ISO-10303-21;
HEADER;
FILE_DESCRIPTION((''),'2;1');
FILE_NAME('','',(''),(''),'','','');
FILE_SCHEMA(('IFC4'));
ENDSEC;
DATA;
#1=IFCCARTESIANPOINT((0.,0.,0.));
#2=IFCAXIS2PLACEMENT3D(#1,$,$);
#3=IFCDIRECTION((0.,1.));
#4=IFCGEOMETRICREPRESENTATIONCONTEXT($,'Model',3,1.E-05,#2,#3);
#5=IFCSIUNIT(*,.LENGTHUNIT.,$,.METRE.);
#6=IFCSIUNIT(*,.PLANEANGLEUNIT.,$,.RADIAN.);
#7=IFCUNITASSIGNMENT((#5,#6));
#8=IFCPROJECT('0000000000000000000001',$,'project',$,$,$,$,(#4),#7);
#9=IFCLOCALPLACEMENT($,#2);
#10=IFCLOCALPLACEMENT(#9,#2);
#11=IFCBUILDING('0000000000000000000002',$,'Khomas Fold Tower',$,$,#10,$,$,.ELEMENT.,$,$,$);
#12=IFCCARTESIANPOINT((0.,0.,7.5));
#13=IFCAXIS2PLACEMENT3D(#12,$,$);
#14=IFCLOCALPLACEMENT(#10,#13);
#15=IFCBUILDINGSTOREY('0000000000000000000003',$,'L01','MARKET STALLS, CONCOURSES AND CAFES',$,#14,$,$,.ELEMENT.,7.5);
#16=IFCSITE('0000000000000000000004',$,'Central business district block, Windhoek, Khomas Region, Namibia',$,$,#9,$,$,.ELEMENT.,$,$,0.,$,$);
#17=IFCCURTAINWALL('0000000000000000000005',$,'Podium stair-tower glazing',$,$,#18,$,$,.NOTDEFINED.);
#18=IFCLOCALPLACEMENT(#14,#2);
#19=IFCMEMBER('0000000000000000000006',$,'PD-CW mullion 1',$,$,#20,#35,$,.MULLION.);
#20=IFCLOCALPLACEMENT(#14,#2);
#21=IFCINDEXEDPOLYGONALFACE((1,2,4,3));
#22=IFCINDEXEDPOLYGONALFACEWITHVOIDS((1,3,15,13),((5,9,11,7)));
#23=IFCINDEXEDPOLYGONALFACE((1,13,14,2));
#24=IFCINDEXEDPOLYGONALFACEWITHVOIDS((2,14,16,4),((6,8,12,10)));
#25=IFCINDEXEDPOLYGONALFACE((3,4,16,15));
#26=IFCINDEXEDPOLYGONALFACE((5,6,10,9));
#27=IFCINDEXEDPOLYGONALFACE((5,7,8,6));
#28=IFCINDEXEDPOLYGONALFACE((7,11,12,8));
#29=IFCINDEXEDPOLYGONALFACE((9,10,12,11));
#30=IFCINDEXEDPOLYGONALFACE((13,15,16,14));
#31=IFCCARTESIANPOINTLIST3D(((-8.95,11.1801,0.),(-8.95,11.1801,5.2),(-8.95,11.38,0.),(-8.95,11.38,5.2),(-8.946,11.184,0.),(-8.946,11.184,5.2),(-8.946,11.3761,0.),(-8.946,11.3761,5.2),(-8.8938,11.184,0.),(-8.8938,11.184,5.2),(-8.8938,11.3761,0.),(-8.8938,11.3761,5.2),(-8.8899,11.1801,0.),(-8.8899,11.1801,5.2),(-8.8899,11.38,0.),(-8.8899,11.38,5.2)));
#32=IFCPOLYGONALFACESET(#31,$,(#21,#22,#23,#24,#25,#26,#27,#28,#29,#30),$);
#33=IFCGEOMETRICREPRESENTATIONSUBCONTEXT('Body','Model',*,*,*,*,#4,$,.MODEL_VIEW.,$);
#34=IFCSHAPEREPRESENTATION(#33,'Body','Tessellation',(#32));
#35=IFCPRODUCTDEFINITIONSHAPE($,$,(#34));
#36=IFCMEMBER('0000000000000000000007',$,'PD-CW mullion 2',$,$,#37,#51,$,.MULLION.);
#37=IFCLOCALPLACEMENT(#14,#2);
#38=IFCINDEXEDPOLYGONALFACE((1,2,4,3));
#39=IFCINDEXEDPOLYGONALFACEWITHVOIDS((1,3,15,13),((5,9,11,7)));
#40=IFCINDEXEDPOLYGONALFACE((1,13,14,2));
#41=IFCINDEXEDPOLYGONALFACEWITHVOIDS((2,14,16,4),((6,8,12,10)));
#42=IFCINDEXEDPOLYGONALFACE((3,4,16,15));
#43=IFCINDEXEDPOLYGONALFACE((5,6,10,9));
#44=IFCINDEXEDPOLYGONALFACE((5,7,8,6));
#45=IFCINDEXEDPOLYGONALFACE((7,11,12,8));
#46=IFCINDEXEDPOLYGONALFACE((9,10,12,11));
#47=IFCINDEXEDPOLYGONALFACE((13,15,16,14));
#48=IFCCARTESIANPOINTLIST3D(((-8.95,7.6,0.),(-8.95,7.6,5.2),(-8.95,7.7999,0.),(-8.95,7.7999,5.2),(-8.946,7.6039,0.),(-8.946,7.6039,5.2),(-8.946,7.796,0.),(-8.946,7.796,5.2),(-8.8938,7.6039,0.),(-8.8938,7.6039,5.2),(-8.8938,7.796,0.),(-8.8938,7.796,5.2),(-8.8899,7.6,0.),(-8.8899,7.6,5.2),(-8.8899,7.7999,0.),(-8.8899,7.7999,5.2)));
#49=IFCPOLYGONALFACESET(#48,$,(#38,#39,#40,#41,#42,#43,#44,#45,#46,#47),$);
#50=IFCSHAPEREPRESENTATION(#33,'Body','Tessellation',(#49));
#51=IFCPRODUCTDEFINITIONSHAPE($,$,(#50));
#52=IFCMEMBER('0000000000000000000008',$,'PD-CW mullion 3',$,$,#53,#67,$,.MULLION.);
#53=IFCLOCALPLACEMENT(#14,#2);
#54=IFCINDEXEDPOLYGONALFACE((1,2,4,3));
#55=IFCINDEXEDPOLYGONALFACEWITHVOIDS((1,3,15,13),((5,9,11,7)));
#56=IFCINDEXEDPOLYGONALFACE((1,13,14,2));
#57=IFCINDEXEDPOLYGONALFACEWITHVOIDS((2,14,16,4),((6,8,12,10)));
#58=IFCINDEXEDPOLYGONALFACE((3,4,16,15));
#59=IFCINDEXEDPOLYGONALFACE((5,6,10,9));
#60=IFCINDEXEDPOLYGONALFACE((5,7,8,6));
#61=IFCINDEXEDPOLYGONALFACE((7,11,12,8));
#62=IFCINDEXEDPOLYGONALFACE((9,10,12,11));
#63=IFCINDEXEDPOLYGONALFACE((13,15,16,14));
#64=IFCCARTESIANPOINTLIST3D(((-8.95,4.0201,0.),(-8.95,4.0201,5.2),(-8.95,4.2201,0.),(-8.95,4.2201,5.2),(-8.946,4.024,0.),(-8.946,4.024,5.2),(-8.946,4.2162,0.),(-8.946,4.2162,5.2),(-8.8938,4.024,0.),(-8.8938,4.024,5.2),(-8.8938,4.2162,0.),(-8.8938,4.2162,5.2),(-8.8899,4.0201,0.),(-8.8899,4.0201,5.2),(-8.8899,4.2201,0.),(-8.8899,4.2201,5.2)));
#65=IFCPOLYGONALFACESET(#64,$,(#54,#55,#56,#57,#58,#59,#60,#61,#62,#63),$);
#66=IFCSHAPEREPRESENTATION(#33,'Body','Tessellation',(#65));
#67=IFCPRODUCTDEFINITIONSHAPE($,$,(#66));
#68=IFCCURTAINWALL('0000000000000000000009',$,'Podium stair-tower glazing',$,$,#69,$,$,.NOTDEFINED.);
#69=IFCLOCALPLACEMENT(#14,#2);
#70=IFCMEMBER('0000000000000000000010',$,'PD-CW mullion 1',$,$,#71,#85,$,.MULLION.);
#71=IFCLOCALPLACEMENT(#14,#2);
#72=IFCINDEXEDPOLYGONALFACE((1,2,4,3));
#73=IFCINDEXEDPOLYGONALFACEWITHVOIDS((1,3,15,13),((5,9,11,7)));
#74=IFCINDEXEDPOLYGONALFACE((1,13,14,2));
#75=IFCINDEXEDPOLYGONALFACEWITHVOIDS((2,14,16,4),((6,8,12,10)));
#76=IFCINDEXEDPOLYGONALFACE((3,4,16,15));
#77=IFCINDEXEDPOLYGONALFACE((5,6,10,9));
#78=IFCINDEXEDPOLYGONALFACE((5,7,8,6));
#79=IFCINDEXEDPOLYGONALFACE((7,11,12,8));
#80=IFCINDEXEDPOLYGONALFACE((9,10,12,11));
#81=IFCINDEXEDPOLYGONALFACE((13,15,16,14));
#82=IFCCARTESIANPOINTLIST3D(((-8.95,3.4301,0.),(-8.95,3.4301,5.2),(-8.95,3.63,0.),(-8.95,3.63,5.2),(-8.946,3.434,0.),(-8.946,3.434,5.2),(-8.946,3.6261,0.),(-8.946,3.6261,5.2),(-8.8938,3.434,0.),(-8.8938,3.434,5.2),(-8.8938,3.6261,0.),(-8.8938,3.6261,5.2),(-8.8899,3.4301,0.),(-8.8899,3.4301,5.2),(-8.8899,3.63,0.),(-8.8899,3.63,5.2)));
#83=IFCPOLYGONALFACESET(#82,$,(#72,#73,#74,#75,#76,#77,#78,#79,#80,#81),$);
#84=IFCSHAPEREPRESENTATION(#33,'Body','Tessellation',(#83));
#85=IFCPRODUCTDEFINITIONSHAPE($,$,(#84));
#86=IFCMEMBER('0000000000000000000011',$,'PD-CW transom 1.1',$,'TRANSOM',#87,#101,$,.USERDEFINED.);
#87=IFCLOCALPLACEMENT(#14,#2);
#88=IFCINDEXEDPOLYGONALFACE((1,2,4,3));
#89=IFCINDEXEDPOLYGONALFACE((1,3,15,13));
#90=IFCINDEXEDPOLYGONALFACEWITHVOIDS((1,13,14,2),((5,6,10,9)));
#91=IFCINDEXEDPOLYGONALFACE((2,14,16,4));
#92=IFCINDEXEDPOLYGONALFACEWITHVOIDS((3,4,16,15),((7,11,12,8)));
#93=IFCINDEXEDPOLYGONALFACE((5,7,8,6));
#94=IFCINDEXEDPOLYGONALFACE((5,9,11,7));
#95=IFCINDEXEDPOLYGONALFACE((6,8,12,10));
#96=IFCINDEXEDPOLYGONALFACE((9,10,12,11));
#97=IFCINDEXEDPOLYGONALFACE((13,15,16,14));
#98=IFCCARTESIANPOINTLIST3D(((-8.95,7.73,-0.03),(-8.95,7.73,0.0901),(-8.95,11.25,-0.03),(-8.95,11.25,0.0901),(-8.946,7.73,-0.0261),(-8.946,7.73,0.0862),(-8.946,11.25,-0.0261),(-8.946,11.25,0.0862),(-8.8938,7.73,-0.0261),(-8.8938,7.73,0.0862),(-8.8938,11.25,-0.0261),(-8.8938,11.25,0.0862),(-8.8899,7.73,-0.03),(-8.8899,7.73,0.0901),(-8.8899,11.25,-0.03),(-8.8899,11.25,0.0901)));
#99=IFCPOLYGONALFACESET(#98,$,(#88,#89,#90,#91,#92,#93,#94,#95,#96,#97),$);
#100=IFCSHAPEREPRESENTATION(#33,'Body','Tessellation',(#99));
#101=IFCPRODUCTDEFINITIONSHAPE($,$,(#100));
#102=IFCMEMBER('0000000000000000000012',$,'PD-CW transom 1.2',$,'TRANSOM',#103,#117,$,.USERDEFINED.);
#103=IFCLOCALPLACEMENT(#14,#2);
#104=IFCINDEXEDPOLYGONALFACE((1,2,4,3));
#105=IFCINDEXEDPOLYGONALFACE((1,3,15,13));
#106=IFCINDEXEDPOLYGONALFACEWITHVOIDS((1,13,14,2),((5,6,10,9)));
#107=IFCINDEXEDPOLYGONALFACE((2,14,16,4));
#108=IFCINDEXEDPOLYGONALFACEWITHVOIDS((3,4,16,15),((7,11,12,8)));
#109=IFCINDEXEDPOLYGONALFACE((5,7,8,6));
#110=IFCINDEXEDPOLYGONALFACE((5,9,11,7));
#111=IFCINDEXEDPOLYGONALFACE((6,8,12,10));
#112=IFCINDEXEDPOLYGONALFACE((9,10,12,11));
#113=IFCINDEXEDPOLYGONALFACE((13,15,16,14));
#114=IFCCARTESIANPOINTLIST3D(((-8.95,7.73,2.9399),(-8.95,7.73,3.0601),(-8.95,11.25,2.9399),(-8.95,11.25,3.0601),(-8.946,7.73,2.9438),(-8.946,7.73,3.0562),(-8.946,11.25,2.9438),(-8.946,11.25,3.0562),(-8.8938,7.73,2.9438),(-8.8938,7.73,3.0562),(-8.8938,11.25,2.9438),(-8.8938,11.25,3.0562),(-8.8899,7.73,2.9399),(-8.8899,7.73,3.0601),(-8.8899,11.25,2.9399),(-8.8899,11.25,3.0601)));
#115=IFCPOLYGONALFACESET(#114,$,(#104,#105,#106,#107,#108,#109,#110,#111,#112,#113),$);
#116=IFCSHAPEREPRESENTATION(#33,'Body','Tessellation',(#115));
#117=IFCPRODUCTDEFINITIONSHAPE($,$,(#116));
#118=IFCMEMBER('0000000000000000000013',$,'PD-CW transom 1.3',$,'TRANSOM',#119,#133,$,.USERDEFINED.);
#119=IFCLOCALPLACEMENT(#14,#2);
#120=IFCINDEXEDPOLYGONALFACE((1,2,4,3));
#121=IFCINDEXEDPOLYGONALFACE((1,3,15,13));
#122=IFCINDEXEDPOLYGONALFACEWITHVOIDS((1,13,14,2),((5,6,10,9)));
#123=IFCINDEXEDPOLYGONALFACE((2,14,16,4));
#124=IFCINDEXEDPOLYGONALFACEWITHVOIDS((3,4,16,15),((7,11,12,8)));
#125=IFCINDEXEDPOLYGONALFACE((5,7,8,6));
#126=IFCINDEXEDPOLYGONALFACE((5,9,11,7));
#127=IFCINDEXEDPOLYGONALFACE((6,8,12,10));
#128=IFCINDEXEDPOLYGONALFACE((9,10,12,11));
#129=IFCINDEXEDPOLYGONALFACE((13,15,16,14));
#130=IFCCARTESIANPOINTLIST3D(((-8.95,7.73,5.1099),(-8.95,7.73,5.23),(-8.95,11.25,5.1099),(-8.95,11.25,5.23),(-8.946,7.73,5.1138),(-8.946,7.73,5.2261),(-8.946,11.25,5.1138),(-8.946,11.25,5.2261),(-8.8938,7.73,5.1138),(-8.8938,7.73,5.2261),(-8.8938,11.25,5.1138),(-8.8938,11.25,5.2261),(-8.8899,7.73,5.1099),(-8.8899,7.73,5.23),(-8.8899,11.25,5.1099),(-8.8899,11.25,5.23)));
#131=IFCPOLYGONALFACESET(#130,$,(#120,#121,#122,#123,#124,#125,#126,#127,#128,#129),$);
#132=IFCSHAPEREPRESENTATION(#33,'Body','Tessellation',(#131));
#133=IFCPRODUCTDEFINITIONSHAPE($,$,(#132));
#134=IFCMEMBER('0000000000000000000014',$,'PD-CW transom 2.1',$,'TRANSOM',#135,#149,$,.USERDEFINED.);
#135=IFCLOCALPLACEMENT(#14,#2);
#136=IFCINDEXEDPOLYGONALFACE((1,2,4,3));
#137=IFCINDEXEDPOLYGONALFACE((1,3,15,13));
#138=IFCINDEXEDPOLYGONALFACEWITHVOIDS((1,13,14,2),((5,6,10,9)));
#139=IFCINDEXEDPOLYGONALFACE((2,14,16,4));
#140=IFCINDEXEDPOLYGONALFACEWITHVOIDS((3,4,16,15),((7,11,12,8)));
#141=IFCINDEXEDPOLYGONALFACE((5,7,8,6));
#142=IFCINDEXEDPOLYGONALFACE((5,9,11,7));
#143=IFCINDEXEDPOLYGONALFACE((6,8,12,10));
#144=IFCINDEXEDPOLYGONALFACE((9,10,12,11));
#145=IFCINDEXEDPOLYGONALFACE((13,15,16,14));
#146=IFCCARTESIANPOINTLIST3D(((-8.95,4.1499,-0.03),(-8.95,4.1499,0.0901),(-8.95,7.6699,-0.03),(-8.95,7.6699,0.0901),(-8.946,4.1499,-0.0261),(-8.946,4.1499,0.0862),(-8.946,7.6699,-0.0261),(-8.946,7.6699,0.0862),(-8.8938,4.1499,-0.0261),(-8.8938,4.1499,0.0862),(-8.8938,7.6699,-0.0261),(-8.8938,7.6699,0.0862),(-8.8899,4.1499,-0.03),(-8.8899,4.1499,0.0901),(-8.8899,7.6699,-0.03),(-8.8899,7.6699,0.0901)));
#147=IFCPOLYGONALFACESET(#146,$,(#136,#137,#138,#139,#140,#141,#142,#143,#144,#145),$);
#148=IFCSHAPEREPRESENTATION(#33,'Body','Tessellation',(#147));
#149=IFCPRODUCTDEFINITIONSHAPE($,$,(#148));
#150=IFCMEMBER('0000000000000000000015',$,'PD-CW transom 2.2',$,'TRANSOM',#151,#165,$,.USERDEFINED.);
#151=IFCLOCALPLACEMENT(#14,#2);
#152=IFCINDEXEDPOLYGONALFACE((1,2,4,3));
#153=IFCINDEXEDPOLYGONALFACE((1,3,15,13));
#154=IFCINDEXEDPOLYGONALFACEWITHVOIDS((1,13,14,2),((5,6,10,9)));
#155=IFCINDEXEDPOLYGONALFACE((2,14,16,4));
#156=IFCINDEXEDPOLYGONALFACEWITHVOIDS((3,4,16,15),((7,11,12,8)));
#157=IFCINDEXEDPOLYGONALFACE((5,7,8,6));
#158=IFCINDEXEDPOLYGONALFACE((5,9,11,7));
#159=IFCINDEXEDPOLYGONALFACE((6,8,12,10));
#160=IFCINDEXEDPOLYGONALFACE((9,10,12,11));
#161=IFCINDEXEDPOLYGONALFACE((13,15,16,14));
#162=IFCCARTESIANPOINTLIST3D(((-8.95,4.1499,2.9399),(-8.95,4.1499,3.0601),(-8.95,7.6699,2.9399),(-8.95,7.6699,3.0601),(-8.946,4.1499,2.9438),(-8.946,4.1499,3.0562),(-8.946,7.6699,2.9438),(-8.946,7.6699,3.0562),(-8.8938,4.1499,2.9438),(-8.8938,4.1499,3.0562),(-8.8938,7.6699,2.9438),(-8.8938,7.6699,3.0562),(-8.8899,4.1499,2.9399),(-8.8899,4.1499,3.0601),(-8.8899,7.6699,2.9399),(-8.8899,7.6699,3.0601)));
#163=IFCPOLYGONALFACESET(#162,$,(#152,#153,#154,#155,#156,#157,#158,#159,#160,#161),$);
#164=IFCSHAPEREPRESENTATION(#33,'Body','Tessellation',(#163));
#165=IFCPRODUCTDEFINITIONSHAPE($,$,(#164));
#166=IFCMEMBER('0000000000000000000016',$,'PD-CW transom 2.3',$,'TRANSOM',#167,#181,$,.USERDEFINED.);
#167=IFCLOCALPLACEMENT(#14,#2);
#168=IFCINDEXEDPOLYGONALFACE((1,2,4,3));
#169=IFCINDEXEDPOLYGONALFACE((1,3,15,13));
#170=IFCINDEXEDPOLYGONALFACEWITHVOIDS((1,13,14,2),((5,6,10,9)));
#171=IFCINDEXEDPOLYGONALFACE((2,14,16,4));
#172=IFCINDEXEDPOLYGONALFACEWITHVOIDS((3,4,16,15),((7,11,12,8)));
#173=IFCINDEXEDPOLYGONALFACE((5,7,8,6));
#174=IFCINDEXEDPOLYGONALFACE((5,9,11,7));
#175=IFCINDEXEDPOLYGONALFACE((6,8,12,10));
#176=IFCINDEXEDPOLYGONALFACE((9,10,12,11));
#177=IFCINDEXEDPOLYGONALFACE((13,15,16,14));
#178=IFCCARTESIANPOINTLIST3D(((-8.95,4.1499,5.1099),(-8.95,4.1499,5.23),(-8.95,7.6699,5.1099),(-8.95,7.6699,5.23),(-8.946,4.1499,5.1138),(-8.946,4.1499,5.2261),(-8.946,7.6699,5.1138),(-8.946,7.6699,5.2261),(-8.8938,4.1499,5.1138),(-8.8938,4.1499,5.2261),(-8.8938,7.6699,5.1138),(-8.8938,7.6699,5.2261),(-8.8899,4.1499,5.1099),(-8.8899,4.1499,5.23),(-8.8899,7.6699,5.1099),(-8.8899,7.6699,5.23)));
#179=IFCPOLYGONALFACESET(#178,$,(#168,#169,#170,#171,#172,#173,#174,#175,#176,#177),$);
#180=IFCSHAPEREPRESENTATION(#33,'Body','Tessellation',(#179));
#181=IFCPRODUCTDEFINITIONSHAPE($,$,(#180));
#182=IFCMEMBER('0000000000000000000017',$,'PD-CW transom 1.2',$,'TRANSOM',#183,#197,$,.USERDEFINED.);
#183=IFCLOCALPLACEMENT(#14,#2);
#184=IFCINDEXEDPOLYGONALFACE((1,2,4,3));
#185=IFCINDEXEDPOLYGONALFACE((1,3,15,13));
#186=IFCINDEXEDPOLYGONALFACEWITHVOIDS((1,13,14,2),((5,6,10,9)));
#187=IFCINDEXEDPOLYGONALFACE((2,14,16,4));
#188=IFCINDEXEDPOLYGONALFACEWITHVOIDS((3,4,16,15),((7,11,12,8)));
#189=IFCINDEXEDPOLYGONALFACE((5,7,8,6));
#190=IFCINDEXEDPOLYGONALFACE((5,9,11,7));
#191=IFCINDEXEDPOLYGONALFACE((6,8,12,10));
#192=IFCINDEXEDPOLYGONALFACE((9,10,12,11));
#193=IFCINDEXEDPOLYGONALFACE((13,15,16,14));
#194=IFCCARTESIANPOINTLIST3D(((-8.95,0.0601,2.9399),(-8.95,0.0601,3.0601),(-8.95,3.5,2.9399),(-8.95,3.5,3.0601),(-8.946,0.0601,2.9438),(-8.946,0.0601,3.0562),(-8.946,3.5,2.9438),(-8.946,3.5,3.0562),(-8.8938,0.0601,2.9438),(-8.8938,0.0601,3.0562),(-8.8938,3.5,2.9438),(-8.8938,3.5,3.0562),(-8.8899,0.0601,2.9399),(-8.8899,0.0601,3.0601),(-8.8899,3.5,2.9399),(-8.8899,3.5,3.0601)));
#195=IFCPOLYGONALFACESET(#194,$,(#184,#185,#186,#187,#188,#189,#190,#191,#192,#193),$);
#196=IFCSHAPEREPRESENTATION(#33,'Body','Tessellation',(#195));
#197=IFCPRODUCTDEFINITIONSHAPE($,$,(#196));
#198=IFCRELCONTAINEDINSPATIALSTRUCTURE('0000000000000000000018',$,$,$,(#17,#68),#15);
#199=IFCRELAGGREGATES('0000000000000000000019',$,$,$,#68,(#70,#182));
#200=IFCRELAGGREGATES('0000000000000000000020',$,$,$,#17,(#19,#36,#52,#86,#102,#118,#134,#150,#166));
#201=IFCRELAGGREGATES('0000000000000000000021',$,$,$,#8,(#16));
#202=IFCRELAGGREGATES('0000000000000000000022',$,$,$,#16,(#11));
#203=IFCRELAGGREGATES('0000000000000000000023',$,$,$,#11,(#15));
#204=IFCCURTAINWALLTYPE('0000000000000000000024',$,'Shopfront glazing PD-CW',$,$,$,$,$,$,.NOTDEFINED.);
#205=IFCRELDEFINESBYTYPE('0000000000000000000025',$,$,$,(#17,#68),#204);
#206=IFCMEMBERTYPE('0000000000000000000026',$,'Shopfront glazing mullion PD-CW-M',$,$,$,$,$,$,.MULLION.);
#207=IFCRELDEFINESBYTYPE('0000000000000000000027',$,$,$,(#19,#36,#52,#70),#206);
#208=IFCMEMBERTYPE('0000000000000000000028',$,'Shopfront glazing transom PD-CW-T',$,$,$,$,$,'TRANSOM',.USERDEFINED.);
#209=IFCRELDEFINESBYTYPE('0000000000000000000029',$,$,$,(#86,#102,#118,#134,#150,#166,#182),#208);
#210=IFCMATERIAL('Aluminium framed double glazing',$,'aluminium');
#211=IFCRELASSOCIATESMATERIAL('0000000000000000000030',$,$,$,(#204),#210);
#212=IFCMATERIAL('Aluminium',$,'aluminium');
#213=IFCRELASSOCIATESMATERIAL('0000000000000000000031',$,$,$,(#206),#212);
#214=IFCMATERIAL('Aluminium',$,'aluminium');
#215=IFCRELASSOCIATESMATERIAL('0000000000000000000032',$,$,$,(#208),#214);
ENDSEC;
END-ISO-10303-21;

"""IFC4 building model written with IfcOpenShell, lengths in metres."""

from ifc_helpers import new_model, si_unit, direction, frame, origin, origin_2d, place, context, subcontext, project, spatial, hollow_rectangle, extrude, source, transform, mapped, material, material_profile, profile_set, type_object, element, aggregate, save


model = new_model("IFC4")

# Units and contexts
model_context = context("Model", 3, precision=1e-05, world=origin(), true_north=direction((0.0, 1.0)))
body_context = subcontext(model_context, "Body", "Model", "MODEL_VIEW")
ifc_project = project(units=[si_unit("LENGTHUNIT", "METRE"), si_unit("PLANEANGLEUNIT", "RADIAN")], contexts=[model_context])

# Site, building, storey
site_placement = place(None, origin())
site = spatial("IfcSite", under=ifc_project, at=site_placement, Name="Central business district block, Windhoek, Khomas Region, Namibia", CompositionType="ELEMENT", RefElevation=0.0)
building_placement = place(site_placement, origin())
building = spatial("IfcBuilding", under=site, at=building_placement, Name="Khomas Fold Tower", CompositionType="ELEMENT")
storey_placement = place(building_placement, frame((0.0, 0.0, 7.5)))
storey = spatial("IfcBuildingStorey", under=building, at=storey_placement, Name="L01", Description="MARKET STALLS, CONCOURSES AND CAFES", CompositionType="ELEMENT", Elevation=7.5)

# Curtain wall, members
ifc_material_1 = material(Name="Aluminium framed double glazing", Category="aluminium")
curtain_wall_type = type_object("IfcCurtainWallType", Name="Shopfront glazing PD-CW", PredefinedType="NOTDEFINED", material=ifc_material_1)
curtain_wall_1_placement = place(storey_placement, origin())
curtain_wall_1 = element("IfcCurtainWall", 1, at=curtain_wall_1_placement, inside=storey, type_object=curtain_wall_type, Name="Podium stair-tower glazing", PredefinedType="NOTDEFINED")
ifc_material_2 = material(Name="Aluminium", Category="aluminium")
ifc_material_profile_1 = material_profile(ifc_material_2, hollow_rectangle(XDim=0.0601, YDim=0.2, WallThickness=0.0039, at=origin_2d()), Name="Shopfront glazing mullion PD-CW-M")
ifc_profile_set_1 = profile_set([ifc_material_profile_1], Name="Aluminium")
member_type_1 = type_object("IfcMemberType", Name="Shopfront glazing mullion PD-CW-M", PredefinedType="MULLION", material=ifc_profile_set_1)
shared_shape_1 = source(origin(), body_context, "Body", "SweptSolid", [
    extrude(hollow_rectangle(XDim=0.0601, YDim=0.2, WallThickness=0.0039, at=origin_2d()), origin(), (0.0, 0.0, 1.0), 5.2),
])
member_1_placement = place(storey_placement, frame((-8.9199, 11.28, 0.0), z_axis=(0.0, 0.0, 1.0), x_axis=(1.0, 0.0, 0.0)))
member_1 = element("IfcMember", 2, at=member_1_placement, type_object=member_type_1, Name="PD-CW mullion 1", PredefinedType="MULLION", context=body_context, shape_type="MappedRepresentation", body=[
    mapped(shared_shape_1, transform((0.0, 0.0, 0.0))),
])
member_2_placement = place(storey_placement, frame((-8.9199, 7.7, 0.0), z_axis=(0.0, 0.0, 1.0), x_axis=(1.0, 0.0, 0.0)))
member_2 = element("IfcMember", 3, at=member_2_placement, type_object=member_type_1, Name="PD-CW mullion 2", PredefinedType="MULLION", context=body_context, shape_type="MappedRepresentation", body=[
    mapped(shared_shape_1, transform((0.0, 0.0, 0.0))),
])
member_3_placement = place(storey_placement, frame((-8.9199, 4.1201, 0.0), z_axis=(0.0, 0.0, 1.0), x_axis=(1.0, 0.0, 0.0)))
member_3 = element("IfcMember", 4, at=member_3_placement, type_object=member_type_1, Name="PD-CW mullion 3", PredefinedType="MULLION", context=body_context, shape_type="MappedRepresentation", body=[
    mapped(shared_shape_1, transform((0.0, 0.0, 0.0))),
])

# Curtain wall, member
curtain_wall_2_placement = place(storey_placement, origin())
curtain_wall_2 = element("IfcCurtainWall", 5, at=curtain_wall_2_placement, inside=storey, type_object=curtain_wall_type, Name="Podium stair-tower glazing", PredefinedType="NOTDEFINED")
member_4_placement = place(storey_placement, frame((-8.9199, 3.53, 0.0), z_axis=(0.0, 0.0, 1.0), x_axis=(1.0, 0.0, 0.0)))
member_4 = element("IfcMember", 6, at=member_4_placement, type_object=member_type_1, Name="PD-CW mullion 1", PredefinedType="MULLION", context=body_context, shape_type="MappedRepresentation", body=[
    mapped(shared_shape_1, transform((0.0, 0.0, 0.0))),
])

# Members
ifc_material_3 = material(Name="Aluminium", Category="aluminium")
ifc_material_profile_2 = material_profile(ifc_material_3, hollow_rectangle(XDim=0.0601, YDim=0.1201, WallThickness=0.0039, at=origin_2d()), Name="Shopfront glazing transom PD-CW-T")
ifc_profile_set_2 = profile_set([ifc_material_profile_2], Name="Aluminium")
member_type_2 = type_object("IfcMemberType", Name="Shopfront glazing transom PD-CW-T", ElementType="TRANSOM", PredefinedType="USERDEFINED", material=ifc_profile_set_2)
shared_shape_2 = source(origin(), body_context, "Body", "SweptSolid", [
    extrude(hollow_rectangle(XDim=0.0601, YDim=0.1201, WallThickness=0.0039, at=origin_2d()), origin(), (0.0, 0.0, 1.0), 3.52),
])
member_5_placement = place(storey_placement, frame((-8.9199, 11.25, 0.03), z_axis=(0.0, -1.0, 0.0), x_axis=(1.0, 0.0, 0.0)))
member_5 = element("IfcMember", 7, at=member_5_placement, type_object=member_type_2, Name="PD-CW transom 1.1", ObjectType="TRANSOM", PredefinedType="USERDEFINED", context=body_context, shape_type="MappedRepresentation", body=[
    mapped(shared_shape_2, transform((0.0, 0.0, 0.0))),
])
member_6_placement = place(storey_placement, frame((-8.9199, 11.25, 3.0), z_axis=(0.0, -1.0, 0.0), x_axis=(1.0, 0.0, 0.0)))
member_6 = element("IfcMember", 8, at=member_6_placement, type_object=member_type_2, Name="PD-CW transom 1.2", ObjectType="TRANSOM", PredefinedType="USERDEFINED", context=body_context, shape_type="MappedRepresentation", body=[
    mapped(shared_shape_2, transform((0.0, 0.0, 0.0))),
])
member_7_placement = place(storey_placement, frame((-8.9199, 11.25, 5.1699), z_axis=(0.0, -1.0, 0.0), x_axis=(1.0, 0.0, 0.0)))
member_7 = element("IfcMember", 9, at=member_7_placement, type_object=member_type_2, Name="PD-CW transom 1.3", ObjectType="TRANSOM", PredefinedType="USERDEFINED", context=body_context, shape_type="MappedRepresentation", body=[
    mapped(shared_shape_2, transform((0.0, 0.0, 0.0))),
])
member_8_placement = place(storey_placement, frame((-8.9199, 7.6699, 0.03), z_axis=(0.0, -1.0, 0.0), x_axis=(1.0, 0.0, 0.0)))
member_8 = element("IfcMember", 10, at=member_8_placement, type_object=member_type_2, Name="PD-CW transom 2.1", ObjectType="TRANSOM", PredefinedType="USERDEFINED", context=body_context, shape_type="MappedRepresentation", body=[
    mapped(shared_shape_2, transform((0.0, 0.0, 0.0))),
])
member_9_placement = place(storey_placement, frame((-8.9199, 7.6699, 3.0), z_axis=(0.0, -1.0, 0.0), x_axis=(1.0, 0.0, 0.0)))
member_9 = element("IfcMember", 11, at=member_9_placement, type_object=member_type_2, Name="PD-CW transom 2.2", ObjectType="TRANSOM", PredefinedType="USERDEFINED", context=body_context, shape_type="MappedRepresentation", body=[
    mapped(shared_shape_2, transform((0.0, 0.0, 0.0))),
])
member_10_placement = place(storey_placement, frame((-8.9199, 7.6699, 5.1699), z_axis=(0.0, -1.0, 0.0), x_axis=(1.0, 0.0, 0.0)))
member_10 = element("IfcMember", 12, at=member_10_placement, type_object=member_type_2, Name="PD-CW transom 2.3", ObjectType="TRANSOM", PredefinedType="USERDEFINED", context=body_context, shape_type="MappedRepresentation", body=[
    mapped(shared_shape_2, transform((0.0, 0.0, 0.0))),
])
shared_shape_3 = source(origin(), body_context, "Body", "SweptSolid", [
    extrude(hollow_rectangle(XDim=0.0601, YDim=0.1201, WallThickness=0.0039, at=origin_2d()), origin(), (0.0, 0.0, 1.0), 3.4399),
])
member_11_placement = place(storey_placement, frame((-8.9199, 3.5, 3.0), z_axis=(0.0, -1.0, 0.0), x_axis=(1.0, 0.0, 0.0)))
member_11 = element("IfcMember", 13, at=member_11_placement, type_object=member_type_2, Name="PD-CW transom 1.2", ObjectType="TRANSOM", PredefinedType="USERDEFINED", context=body_context, shape_type="MappedRepresentation", body=[
    mapped(shared_shape_3, transform((0.0, 0.0, 0.0))),
])
aggregate(curtain_wall_2, [member_4, member_11])

aggregate(curtain_wall_1, [member_1, member_2, member_3, member_5, member_6, member_7, member_8, member_9, member_10])

save(model, "model.ifc")
